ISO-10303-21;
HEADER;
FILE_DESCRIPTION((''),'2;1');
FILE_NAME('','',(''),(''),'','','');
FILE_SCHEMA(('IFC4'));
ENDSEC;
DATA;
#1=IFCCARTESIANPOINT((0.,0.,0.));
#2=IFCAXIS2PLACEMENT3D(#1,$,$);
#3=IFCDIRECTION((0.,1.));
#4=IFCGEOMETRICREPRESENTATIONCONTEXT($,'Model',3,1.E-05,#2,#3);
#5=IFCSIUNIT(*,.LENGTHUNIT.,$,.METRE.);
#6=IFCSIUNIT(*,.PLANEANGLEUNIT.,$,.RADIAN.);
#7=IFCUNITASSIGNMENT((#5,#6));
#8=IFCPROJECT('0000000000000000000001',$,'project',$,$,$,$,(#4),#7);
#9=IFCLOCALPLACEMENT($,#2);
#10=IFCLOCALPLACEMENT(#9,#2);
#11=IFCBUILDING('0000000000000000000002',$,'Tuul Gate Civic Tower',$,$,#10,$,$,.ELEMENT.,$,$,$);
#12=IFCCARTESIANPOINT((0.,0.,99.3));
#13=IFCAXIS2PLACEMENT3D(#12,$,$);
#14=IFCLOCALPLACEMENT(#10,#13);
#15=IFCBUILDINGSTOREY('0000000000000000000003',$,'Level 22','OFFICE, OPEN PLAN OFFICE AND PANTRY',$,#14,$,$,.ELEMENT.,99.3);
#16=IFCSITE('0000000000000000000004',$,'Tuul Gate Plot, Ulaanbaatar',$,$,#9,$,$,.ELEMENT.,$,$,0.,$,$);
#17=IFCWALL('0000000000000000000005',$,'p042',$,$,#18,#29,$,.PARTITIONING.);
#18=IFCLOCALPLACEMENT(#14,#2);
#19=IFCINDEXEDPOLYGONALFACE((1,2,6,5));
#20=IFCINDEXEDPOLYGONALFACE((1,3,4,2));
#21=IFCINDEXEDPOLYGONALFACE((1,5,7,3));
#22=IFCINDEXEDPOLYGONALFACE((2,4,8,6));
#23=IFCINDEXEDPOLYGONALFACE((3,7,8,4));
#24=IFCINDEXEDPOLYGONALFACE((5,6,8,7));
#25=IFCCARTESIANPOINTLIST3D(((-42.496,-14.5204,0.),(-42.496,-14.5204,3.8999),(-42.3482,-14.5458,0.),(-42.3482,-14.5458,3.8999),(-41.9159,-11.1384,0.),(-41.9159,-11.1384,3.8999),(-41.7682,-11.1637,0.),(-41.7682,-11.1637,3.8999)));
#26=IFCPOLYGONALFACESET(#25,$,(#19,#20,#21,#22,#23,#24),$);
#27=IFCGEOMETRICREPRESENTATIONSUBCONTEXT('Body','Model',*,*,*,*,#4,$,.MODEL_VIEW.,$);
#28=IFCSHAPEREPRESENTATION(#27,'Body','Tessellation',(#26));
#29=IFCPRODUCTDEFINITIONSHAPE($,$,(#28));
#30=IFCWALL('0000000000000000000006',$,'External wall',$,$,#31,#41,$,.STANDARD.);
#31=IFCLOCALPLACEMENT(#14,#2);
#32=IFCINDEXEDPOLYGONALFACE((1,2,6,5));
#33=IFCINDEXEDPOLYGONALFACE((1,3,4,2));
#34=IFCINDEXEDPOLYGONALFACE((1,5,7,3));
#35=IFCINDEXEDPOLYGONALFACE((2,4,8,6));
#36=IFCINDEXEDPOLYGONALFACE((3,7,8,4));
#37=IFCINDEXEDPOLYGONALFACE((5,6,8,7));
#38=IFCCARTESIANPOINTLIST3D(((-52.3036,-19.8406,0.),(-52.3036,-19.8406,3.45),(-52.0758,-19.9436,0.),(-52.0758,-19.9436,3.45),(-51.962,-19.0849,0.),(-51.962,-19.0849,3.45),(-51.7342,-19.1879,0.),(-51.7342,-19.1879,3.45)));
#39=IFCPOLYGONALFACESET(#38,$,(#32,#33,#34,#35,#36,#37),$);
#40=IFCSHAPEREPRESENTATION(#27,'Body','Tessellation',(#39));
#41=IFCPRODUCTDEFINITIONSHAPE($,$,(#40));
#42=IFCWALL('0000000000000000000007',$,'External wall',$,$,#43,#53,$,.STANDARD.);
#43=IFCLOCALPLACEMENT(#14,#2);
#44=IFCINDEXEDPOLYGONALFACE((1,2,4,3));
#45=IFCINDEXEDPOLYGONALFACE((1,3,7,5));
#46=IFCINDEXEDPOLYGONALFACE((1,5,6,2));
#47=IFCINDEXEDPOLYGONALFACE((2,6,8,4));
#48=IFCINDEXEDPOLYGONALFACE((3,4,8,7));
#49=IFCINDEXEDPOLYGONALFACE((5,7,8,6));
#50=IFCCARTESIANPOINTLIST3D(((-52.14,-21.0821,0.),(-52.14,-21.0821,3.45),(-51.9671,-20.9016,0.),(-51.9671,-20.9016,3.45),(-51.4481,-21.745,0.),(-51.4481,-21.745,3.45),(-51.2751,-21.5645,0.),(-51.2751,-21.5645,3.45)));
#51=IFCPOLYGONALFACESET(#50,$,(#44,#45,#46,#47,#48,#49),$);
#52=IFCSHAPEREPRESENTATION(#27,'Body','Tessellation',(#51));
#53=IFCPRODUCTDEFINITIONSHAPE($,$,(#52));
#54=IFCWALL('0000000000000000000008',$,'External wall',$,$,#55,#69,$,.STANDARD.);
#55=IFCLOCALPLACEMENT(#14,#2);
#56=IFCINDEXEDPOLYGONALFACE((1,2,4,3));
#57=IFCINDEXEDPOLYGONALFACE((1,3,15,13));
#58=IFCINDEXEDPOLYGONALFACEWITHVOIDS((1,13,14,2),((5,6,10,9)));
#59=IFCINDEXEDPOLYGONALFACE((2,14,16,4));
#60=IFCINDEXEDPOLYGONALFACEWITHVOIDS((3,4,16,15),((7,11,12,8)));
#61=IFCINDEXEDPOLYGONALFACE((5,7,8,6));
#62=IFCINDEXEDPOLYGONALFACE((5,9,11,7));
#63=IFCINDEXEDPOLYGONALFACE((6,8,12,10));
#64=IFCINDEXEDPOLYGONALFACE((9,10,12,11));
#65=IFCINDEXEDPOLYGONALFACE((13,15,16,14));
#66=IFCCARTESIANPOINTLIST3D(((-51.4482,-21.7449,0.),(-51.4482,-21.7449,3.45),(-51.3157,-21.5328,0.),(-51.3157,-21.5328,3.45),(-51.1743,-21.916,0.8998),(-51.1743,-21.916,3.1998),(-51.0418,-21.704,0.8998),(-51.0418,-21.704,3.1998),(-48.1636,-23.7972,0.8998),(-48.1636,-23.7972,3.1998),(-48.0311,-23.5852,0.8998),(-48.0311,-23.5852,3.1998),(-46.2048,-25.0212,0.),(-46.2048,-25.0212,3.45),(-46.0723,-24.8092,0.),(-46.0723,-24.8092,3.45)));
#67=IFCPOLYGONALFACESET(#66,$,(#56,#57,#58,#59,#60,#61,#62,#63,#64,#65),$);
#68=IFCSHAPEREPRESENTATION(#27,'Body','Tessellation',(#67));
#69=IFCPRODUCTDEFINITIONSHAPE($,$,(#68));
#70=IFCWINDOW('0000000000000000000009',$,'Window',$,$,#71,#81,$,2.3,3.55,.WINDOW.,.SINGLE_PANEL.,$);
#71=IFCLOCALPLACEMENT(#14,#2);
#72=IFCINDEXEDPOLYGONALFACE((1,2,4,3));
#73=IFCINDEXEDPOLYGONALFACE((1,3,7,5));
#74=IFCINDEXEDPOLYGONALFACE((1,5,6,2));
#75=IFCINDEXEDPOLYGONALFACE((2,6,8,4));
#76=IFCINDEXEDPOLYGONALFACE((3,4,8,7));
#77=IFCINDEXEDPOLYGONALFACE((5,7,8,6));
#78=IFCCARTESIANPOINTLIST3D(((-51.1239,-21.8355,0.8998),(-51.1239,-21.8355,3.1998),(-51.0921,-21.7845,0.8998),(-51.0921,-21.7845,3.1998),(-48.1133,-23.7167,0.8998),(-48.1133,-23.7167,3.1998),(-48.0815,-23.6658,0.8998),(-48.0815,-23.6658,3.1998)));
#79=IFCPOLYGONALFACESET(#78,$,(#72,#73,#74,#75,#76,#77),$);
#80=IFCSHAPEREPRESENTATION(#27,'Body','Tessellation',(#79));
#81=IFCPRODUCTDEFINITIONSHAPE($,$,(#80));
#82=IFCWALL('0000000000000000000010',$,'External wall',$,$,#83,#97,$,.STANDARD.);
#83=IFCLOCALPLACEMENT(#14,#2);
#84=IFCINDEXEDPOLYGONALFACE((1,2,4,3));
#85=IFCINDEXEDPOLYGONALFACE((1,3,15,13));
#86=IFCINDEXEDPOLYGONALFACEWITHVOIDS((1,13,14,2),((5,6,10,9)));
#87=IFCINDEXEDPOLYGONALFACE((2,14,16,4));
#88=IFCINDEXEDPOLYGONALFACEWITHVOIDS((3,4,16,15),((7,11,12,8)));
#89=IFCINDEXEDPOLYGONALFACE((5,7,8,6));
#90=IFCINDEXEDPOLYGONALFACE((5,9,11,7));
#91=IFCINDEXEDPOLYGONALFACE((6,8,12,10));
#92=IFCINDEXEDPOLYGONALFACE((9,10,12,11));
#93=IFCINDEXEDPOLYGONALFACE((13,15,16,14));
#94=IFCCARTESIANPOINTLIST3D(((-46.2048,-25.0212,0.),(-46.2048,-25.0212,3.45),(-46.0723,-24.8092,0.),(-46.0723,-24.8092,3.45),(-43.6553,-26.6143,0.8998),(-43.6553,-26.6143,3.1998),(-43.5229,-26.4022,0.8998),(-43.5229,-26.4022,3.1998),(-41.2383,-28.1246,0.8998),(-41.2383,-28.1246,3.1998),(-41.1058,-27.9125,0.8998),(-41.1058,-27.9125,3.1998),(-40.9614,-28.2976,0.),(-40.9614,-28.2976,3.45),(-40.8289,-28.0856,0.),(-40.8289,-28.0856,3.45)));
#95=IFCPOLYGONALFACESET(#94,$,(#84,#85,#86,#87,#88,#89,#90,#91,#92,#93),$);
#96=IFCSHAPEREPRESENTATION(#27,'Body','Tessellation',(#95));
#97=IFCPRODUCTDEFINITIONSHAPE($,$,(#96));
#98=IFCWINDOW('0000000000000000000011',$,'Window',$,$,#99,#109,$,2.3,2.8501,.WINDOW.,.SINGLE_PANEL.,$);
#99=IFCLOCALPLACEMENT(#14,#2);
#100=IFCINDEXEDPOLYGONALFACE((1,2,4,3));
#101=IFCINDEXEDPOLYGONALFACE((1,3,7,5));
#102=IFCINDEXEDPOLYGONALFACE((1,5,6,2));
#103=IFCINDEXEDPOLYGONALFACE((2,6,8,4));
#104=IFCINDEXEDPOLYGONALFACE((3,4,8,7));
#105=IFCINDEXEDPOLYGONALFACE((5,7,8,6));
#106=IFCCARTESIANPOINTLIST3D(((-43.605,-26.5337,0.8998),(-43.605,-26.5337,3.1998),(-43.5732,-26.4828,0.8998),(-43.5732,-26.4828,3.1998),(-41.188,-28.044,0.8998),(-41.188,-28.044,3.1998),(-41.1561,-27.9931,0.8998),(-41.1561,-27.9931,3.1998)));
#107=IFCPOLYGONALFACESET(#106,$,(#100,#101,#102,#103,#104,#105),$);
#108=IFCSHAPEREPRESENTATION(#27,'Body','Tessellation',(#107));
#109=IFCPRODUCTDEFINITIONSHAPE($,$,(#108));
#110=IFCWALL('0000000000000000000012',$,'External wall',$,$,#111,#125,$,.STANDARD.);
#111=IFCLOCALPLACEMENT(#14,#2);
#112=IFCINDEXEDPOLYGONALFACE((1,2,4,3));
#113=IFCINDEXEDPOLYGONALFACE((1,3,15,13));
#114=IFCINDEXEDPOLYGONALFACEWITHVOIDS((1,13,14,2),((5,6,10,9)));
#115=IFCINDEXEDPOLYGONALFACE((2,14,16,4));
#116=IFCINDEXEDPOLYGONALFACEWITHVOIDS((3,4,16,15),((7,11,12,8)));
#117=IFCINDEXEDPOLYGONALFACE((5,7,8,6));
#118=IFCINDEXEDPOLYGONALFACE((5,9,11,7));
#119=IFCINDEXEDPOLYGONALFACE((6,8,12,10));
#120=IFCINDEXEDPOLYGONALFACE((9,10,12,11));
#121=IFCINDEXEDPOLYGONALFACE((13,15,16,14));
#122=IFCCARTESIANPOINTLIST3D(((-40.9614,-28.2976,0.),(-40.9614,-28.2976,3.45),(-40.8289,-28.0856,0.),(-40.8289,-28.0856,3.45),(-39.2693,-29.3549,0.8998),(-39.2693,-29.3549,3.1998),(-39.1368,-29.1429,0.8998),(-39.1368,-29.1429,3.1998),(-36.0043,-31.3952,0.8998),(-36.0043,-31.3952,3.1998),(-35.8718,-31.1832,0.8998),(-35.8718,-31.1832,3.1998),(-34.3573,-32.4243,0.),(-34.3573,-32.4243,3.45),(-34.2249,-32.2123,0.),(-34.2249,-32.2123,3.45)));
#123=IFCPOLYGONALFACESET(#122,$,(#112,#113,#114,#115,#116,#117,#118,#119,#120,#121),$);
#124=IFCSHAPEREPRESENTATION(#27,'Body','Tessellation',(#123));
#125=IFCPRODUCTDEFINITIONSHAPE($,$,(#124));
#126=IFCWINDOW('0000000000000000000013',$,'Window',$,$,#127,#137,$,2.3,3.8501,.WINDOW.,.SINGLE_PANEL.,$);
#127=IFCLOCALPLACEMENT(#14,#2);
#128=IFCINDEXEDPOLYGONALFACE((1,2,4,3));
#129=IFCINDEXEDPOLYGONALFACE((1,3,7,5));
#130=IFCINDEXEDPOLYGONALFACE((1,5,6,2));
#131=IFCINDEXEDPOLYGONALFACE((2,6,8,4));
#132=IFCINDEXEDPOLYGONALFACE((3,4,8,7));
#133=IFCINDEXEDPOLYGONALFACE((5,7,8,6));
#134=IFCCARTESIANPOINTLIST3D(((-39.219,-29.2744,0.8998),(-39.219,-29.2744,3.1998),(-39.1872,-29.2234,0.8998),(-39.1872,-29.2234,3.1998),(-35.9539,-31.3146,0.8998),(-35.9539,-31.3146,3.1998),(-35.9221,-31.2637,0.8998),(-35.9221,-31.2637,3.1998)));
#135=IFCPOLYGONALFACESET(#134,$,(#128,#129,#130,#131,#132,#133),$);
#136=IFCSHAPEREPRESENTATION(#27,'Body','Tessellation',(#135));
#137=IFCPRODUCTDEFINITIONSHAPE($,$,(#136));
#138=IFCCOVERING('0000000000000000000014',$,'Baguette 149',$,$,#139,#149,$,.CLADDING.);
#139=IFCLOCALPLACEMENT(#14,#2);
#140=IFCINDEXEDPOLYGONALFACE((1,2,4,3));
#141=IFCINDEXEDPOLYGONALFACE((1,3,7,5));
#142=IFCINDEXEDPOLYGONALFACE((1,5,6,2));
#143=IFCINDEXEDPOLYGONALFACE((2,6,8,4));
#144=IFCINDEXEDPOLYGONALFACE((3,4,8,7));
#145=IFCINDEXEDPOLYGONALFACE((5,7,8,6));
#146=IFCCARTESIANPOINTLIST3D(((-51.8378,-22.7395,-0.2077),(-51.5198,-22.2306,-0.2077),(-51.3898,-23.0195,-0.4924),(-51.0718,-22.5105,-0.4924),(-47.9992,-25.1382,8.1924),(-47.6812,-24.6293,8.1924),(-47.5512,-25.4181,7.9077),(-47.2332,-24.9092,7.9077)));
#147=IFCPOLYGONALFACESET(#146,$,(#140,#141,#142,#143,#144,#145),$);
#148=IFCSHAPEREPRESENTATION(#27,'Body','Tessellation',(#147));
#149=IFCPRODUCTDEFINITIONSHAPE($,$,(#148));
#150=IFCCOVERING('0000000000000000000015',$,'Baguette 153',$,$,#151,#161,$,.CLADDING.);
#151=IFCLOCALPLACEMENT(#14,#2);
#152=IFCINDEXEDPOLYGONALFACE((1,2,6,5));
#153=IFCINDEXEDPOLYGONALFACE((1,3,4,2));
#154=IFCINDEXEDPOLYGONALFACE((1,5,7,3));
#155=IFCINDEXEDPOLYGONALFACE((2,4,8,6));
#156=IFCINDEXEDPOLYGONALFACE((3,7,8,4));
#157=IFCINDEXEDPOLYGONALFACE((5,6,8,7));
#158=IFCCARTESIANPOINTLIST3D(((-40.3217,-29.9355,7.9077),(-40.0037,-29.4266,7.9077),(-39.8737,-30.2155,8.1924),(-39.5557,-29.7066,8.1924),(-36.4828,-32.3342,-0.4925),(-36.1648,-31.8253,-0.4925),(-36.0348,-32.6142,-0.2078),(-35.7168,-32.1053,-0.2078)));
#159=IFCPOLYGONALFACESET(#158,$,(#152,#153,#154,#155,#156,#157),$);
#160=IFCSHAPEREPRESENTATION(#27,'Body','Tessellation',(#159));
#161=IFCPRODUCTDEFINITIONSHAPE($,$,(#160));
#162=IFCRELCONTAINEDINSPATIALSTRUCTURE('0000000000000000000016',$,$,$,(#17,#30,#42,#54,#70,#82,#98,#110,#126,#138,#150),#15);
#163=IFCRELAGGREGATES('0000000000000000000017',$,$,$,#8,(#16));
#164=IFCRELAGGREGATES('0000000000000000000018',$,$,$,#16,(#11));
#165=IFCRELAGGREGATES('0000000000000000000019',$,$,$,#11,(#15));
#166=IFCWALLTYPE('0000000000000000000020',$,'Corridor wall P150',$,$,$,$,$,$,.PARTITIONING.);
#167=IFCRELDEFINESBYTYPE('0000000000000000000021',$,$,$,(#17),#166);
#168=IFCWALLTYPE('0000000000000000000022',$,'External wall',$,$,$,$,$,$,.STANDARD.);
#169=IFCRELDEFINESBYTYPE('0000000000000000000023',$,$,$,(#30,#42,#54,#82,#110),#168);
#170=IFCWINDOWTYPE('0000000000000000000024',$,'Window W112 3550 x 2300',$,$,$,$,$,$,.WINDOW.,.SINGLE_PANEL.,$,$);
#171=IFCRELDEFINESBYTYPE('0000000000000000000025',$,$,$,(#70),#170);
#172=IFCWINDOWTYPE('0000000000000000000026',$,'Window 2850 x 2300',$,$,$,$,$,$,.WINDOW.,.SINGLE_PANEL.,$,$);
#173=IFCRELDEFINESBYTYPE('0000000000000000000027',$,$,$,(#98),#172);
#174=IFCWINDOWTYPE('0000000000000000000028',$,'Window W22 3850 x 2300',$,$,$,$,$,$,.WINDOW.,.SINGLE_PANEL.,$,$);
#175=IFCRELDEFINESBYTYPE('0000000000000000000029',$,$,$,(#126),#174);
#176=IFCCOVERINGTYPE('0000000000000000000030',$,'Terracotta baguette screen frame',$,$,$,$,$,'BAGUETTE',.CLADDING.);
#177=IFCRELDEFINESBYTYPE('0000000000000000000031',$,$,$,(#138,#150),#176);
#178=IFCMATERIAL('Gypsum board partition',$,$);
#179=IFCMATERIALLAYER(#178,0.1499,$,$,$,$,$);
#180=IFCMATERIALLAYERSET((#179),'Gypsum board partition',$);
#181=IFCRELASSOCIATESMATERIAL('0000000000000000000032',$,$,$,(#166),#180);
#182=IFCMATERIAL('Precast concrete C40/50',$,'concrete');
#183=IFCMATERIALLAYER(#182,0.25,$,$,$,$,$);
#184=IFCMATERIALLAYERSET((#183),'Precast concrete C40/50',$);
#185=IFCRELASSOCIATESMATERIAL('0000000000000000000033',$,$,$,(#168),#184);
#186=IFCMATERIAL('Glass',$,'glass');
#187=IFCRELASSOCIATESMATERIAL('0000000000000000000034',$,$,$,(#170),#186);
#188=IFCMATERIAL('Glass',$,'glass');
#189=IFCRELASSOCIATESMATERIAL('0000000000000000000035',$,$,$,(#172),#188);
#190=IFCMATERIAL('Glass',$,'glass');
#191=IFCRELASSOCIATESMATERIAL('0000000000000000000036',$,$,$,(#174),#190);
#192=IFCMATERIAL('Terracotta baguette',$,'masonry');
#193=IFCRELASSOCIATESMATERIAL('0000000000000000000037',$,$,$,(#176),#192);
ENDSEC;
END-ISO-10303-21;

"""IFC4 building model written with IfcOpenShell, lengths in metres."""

from ifc_helpers import new_model, si_unit, direction, frame, frame_2d, origin, origin_2d, place, context, subcontext, project, spatial, rectangle, extrude, material, layer, layer_set, material_profile, profile_set, type_object, element, fill, save


model = new_model("IFC4")

# Units and contexts
model_context = context("Model", 3, precision=1e-05, world=origin(), true_north=direction((0.0, 1.0)))
body_context = subcontext(model_context, "Body", "Model", "MODEL_VIEW")
ifc_project = project(units=[si_unit("LENGTHUNIT", "METRE"), si_unit("PLANEANGLEUNIT", "RADIAN")], contexts=[model_context])

# Site, building, storey
site_placement = place(None, origin())
site = spatial("IfcSite", under=ifc_project, at=site_placement, Name="Tuul Gate Plot, Ulaanbaatar", CompositionType="ELEMENT", RefElevation=0.0)
building_placement = place(site_placement, origin())
building = spatial("IfcBuilding", under=site, at=building_placement, Name="Tuul Gate Civic Tower", CompositionType="ELEMENT")
storey_placement = place(building_placement, frame((0.0, 0.0, 99.3)))
storey = spatial("IfcBuildingStorey", under=building, at=storey_placement, Name="Level 22", Description="OFFICE, OPEN PLAN OFFICE AND PANTRY", CompositionType="ELEMENT", Elevation=99.3)

# Shared definitions
ifc_material_1 = material(Name="Gypsum board partition")
ifc_layer_1 = layer(ifc_material_1, 0.1499)
ifc_layer_set_1 = layer_set([ifc_layer_1], Name="Gypsum board partition")
wall_type_1 = type_object("IfcWallType", Name="Corridor wall P150", PredefinedType="PARTITIONING", material=ifc_layer_set_1)

# Walls
wall_1_placement = place(storey_placement, frame((-42.4221, -14.5332, 0.0), z_axis=(0.0, 0.0, 1.0), x_axis=(0.169047, 0.985608, 0.0)))
element("IfcWall", 1, at=wall_1_placement, inside=storey, type_object=wall_type_1, Name="p042", PredefinedType="PARTITIONING", context=body_context, shape_type="SweptSolid", body=[
    extrude(rectangle(XDim=3.4314, YDim=0.1499, at=frame_2d((1.7158, 0.0))), origin(), (0.0, 0.0, 1.0), 3.8999),
])
ifc_material_2 = material(Name="Precast concrete C40/50", Category="concrete")
ifc_layer_2 = layer(ifc_material_2, 0.25)
ifc_layer_set_2 = layer_set([ifc_layer_2], Name="Precast concrete C40/50")
wall_type_2 = type_object("IfcWallType", Name="External wall", PredefinedType="STANDARD", material=ifc_layer_set_2)
wall_2_placement = place(storey_placement, frame((-51.8481, -19.1365, 0.0), z_axis=(0.0, 0.0, 1.0), x_axis=(-0.411894, -0.911232, 0.0)))
element("IfcWall", 2, at=wall_2_placement, inside=storey, type_object=wall_type_2, Name="External wall", PredefinedType="STANDARD", context=body_context, shape_type="SweptSolid", body=[
    extrude(rectangle(XDim=0.8293, YDim=0.25, at=frame_2d((0.4146, 0.0))), origin(), (0.0, 0.0, 1.0), 3.45),
])
wall_3_placement = place(storey_placement, frame((-52.0535, -20.9919, 0.0), z_axis=(0.0, 0.0, 1.0), x_axis=(0.722105, -0.691784, 0.0)))
element("IfcWall", 3, at=wall_3_placement, inside=storey, type_object=wall_type_2, Name="External wall", PredefinedType="STANDARD", context=body_context, shape_type="SweptSolid", body=[
    extrude(rectangle(XDim=0.9583, YDim=0.25, at=frame_2d((0.479, 0.0))), origin(), (0.0, 0.0, 1.0), 3.45),
])

# Walls, openings, windows
wall_4_placement = place(storey_placement, frame((-51.3818, -21.6389, 0.0), z_axis=(0.0, 0.0, 1.0), x_axis=(0.848054, -0.52991, 0.0)))
wall_4 = element("IfcWall", 4, at=wall_4_placement, inside=storey, type_object=wall_type_2, Name="External wall", PredefinedType="STANDARD", context=body_context, shape_type="SweptSolid", body=[
    extrude(rectangle(XDim=6.1829, YDim=0.25, at=frame_2d((3.0913, 0.0))), origin(), (0.0, 0.0, 1.0), 3.45),
])
opening_1_placement = place(wall_4_placement, frame((0.323, 0.0, 0.8999)))
opening_1 = element("IfcOpeningElement", 5, at=opening_1_placement, cuts=wall_4, PredefinedType="OPENING", context=body_context, shape_type="SweptSolid", body=[
    extrude(rectangle(XDim=3.55, YDim=2.3, at=frame_2d((1.7749, 1.1499))), frame((0.0, 0.135, 0.0), z_axis=(0.0, -1.0, 0.0), x_axis=(1.0, 0.0, 0.0)), (0.0, 0.0, 1.0), 0.27),
])
ifc_material_3 = material(Name="Glass", Category="glass")
window_type_1 = type_object("IfcWindowType", Name="Window W112 3550 x 2300", PartitioningType="SINGLE_PANEL", PredefinedType="WINDOW", material=ifc_material_3)
window_1_placement = place(opening_1_placement, origin())
window_1 = element("IfcWindow", 6, at=window_1_placement, inside=storey, type_object=window_type_1, Name="Window", OverallHeight=2.3, OverallWidth=3.55, PartitioningType="SINGLE_PANEL", PredefinedType="WINDOW", context=body_context, shape_type="SweptSolid", body=[
    extrude(rectangle(XDim=3.55, YDim=2.3, at=frame_2d((1.7749, 1.1499))), frame((0.0, 0.03, 0.0), z_axis=(0.0, -1.0, 0.0), x_axis=(1.0, 0.0, 0.0)), (0.0, 0.0, 1.0), 0.0601),
])
fill(opening_1, window_1)
wall_5_placement = place(storey_placement, frame((-46.1384, -24.9153, 0.0), z_axis=(0.0, 0.0, 1.0), x_axis=(0.848054, -0.52991, 0.0)))
wall_5 = element("IfcWall", 7, at=wall_5_placement, inside=storey, type_object=wall_type_2, Name="External wall", PredefinedType="STANDARD", context=body_context, shape_type="SweptSolid", body=[
    extrude(rectangle(XDim=6.1829, YDim=0.25, at=frame_2d((3.0913, 0.0))), origin(), (0.0, 0.0, 1.0), 3.45),
])
opening_2_placement = place(wall_5_placement, frame((3.0061, 0.0, 0.8999)))
opening_2 = element("IfcOpeningElement", 8, at=opening_2_placement, cuts=wall_5, PredefinedType="OPENING", context=body_context, shape_type="SweptSolid", body=[
    extrude(rectangle(XDim=2.8501, YDim=2.3, at=frame_2d((1.425, 1.1499))), frame((0.0, 0.135, 0.0), z_axis=(0.0, -1.0, 0.0), x_axis=(1.0, 0.0, 0.0)), (0.0, 0.0, 1.0), 0.27),
])
ifc_material_4 = material(Name="Glass", Category="glass")
window_type_2 = type_object("IfcWindowType", Name="Window 2850 x 2300", PartitioningType="SINGLE_PANEL", PredefinedType="WINDOW", material=ifc_material_4)
window_2_placement = place(opening_2_placement, origin())
window_2 = element("IfcWindow", 9, at=window_2_placement, inside=storey, type_object=window_type_2, Name="Window", OverallHeight=2.3, OverallWidth=2.8501, PartitioningType="SINGLE_PANEL", PredefinedType="WINDOW", context=body_context, shape_type="SweptSolid", body=[
    extrude(rectangle(XDim=2.8501, YDim=2.3, at=frame_2d((1.425, 1.1499))), frame((0.0, 0.03, 0.0), z_axis=(0.0, -1.0, 0.0), x_axis=(1.0, 0.0, 0.0)), (0.0, 0.0, 1.0), 0.0601),
])
fill(opening_2, window_2)
wall_6_placement = place(storey_placement, frame((-40.895, -28.1917, 0.0), z_axis=(0.0, 0.0, 1.0), x_axis=(0.848044, -0.529926, 0.0)))
wall_6 = element("IfcWall", 10, at=wall_6_placement, inside=storey, type_object=wall_type_2, Name="External wall", PredefinedType="STANDARD", context=body_context, shape_type="SweptSolid", body=[
    extrude(rectangle(XDim=7.7874, YDim=0.25, at=frame_2d((3.8936, 0.0))), origin(), (0.0, 0.0, 1.0), 3.45),
])
opening_3_placement = place(wall_6_placement, frame((1.9951, 0.0, 0.8999)))
opening_3 = element("IfcOpeningElement", 11, at=opening_3_placement, cuts=wall_6, PredefinedType="OPENING", context=body_context, shape_type="SweptSolid", body=[
    extrude(rectangle(XDim=3.8501, YDim=2.3, at=frame_2d((1.925, 1.1499))), frame((0.0, 0.135, 0.0), z_axis=(0.0, -1.0, 0.0), x_axis=(1.0, 0.0, 0.0)), (0.0, 0.0, 1.0), 0.27),
])
ifc_material_5 = material(Name="Glass", Category="glass")
window_type_3 = type_object("IfcWindowType", Name="Window W22 3850 x 2300", PartitioningType="SINGLE_PANEL", PredefinedType="WINDOW", material=ifc_material_5)
window_3_placement = place(opening_3_placement, origin())
window_3 = element("IfcWindow", 12, at=window_3_placement, inside=storey, type_object=window_type_3, Name="Window", OverallHeight=2.3, OverallWidth=3.8501, PartitioningType="SINGLE_PANEL", PredefinedType="WINDOW", context=body_context, shape_type="SweptSolid", body=[
    extrude(rectangle(XDim=3.8501, YDim=2.3, at=frame_2d((1.925, 1.1499))), frame((0.0, 0.03, 0.0), z_axis=(0.0, -1.0, 0.0), x_axis=(1.0, 0.0, 0.0)), (0.0, 0.0, 1.0), 0.0601),
])
fill(opening_3, window_3)

# Coverings
ifc_material_6 = material(Name="Terracotta baguette", Category="masonry")
ifc_material_profile_1 = material_profile(ifc_material_6, rectangle(XDim=0.6001, YDim=0.6001, at=origin_2d()), Name="Terracotta baguette screen frame")
ifc_profile_set_1 = profile_set([ifc_material_profile_1], Name="Terracotta baguette")
covering_type = type_object("IfcCoveringType", Name="Terracotta baguette screen frame", ElementType="BAGUETTE", PredefinedType="CLADDING", material=ifc_profile_set_1)
covering_1_placement = place(storey_placement, frame((-47.6162, -25.0237, 8.05), z_axis=(-0.402284, 0.25138, -0.880327), x_axis=(-0.529926, -0.848044, 0.0)))
element("IfcCovering", 13, at=covering_1_placement, inside=storey, type_object=covering_type, Name="Baguette 149", PredefinedType="CLADDING", context=body_context, shape_type="SweptSolid", body=[
    extrude(rectangle(XDim=0.6001, YDim=0.6001, at=origin_2d()), origin(), (0.0, 0.0, 1.0), 9.542),
])
covering_2_placement = place(storey_placement, frame((-39.9387, -29.821, 8.05), z_axis=(0.402305, -0.251377, -0.880318), x_axis=(0.529902, 0.848059, 0.0)))
element("IfcCovering", 14, at=covering_2_placement, inside=storey, type_object=covering_type, Name="Baguette 153", PredefinedType="CLADDING", context=body_context, shape_type="SweptSolid", body=[
    extrude(rectangle(XDim=0.6001, YDim=0.6001, at=origin_2d()), origin(), (0.0, 0.0, 1.0), 9.5422),
])

save(model, "model.ifc")
